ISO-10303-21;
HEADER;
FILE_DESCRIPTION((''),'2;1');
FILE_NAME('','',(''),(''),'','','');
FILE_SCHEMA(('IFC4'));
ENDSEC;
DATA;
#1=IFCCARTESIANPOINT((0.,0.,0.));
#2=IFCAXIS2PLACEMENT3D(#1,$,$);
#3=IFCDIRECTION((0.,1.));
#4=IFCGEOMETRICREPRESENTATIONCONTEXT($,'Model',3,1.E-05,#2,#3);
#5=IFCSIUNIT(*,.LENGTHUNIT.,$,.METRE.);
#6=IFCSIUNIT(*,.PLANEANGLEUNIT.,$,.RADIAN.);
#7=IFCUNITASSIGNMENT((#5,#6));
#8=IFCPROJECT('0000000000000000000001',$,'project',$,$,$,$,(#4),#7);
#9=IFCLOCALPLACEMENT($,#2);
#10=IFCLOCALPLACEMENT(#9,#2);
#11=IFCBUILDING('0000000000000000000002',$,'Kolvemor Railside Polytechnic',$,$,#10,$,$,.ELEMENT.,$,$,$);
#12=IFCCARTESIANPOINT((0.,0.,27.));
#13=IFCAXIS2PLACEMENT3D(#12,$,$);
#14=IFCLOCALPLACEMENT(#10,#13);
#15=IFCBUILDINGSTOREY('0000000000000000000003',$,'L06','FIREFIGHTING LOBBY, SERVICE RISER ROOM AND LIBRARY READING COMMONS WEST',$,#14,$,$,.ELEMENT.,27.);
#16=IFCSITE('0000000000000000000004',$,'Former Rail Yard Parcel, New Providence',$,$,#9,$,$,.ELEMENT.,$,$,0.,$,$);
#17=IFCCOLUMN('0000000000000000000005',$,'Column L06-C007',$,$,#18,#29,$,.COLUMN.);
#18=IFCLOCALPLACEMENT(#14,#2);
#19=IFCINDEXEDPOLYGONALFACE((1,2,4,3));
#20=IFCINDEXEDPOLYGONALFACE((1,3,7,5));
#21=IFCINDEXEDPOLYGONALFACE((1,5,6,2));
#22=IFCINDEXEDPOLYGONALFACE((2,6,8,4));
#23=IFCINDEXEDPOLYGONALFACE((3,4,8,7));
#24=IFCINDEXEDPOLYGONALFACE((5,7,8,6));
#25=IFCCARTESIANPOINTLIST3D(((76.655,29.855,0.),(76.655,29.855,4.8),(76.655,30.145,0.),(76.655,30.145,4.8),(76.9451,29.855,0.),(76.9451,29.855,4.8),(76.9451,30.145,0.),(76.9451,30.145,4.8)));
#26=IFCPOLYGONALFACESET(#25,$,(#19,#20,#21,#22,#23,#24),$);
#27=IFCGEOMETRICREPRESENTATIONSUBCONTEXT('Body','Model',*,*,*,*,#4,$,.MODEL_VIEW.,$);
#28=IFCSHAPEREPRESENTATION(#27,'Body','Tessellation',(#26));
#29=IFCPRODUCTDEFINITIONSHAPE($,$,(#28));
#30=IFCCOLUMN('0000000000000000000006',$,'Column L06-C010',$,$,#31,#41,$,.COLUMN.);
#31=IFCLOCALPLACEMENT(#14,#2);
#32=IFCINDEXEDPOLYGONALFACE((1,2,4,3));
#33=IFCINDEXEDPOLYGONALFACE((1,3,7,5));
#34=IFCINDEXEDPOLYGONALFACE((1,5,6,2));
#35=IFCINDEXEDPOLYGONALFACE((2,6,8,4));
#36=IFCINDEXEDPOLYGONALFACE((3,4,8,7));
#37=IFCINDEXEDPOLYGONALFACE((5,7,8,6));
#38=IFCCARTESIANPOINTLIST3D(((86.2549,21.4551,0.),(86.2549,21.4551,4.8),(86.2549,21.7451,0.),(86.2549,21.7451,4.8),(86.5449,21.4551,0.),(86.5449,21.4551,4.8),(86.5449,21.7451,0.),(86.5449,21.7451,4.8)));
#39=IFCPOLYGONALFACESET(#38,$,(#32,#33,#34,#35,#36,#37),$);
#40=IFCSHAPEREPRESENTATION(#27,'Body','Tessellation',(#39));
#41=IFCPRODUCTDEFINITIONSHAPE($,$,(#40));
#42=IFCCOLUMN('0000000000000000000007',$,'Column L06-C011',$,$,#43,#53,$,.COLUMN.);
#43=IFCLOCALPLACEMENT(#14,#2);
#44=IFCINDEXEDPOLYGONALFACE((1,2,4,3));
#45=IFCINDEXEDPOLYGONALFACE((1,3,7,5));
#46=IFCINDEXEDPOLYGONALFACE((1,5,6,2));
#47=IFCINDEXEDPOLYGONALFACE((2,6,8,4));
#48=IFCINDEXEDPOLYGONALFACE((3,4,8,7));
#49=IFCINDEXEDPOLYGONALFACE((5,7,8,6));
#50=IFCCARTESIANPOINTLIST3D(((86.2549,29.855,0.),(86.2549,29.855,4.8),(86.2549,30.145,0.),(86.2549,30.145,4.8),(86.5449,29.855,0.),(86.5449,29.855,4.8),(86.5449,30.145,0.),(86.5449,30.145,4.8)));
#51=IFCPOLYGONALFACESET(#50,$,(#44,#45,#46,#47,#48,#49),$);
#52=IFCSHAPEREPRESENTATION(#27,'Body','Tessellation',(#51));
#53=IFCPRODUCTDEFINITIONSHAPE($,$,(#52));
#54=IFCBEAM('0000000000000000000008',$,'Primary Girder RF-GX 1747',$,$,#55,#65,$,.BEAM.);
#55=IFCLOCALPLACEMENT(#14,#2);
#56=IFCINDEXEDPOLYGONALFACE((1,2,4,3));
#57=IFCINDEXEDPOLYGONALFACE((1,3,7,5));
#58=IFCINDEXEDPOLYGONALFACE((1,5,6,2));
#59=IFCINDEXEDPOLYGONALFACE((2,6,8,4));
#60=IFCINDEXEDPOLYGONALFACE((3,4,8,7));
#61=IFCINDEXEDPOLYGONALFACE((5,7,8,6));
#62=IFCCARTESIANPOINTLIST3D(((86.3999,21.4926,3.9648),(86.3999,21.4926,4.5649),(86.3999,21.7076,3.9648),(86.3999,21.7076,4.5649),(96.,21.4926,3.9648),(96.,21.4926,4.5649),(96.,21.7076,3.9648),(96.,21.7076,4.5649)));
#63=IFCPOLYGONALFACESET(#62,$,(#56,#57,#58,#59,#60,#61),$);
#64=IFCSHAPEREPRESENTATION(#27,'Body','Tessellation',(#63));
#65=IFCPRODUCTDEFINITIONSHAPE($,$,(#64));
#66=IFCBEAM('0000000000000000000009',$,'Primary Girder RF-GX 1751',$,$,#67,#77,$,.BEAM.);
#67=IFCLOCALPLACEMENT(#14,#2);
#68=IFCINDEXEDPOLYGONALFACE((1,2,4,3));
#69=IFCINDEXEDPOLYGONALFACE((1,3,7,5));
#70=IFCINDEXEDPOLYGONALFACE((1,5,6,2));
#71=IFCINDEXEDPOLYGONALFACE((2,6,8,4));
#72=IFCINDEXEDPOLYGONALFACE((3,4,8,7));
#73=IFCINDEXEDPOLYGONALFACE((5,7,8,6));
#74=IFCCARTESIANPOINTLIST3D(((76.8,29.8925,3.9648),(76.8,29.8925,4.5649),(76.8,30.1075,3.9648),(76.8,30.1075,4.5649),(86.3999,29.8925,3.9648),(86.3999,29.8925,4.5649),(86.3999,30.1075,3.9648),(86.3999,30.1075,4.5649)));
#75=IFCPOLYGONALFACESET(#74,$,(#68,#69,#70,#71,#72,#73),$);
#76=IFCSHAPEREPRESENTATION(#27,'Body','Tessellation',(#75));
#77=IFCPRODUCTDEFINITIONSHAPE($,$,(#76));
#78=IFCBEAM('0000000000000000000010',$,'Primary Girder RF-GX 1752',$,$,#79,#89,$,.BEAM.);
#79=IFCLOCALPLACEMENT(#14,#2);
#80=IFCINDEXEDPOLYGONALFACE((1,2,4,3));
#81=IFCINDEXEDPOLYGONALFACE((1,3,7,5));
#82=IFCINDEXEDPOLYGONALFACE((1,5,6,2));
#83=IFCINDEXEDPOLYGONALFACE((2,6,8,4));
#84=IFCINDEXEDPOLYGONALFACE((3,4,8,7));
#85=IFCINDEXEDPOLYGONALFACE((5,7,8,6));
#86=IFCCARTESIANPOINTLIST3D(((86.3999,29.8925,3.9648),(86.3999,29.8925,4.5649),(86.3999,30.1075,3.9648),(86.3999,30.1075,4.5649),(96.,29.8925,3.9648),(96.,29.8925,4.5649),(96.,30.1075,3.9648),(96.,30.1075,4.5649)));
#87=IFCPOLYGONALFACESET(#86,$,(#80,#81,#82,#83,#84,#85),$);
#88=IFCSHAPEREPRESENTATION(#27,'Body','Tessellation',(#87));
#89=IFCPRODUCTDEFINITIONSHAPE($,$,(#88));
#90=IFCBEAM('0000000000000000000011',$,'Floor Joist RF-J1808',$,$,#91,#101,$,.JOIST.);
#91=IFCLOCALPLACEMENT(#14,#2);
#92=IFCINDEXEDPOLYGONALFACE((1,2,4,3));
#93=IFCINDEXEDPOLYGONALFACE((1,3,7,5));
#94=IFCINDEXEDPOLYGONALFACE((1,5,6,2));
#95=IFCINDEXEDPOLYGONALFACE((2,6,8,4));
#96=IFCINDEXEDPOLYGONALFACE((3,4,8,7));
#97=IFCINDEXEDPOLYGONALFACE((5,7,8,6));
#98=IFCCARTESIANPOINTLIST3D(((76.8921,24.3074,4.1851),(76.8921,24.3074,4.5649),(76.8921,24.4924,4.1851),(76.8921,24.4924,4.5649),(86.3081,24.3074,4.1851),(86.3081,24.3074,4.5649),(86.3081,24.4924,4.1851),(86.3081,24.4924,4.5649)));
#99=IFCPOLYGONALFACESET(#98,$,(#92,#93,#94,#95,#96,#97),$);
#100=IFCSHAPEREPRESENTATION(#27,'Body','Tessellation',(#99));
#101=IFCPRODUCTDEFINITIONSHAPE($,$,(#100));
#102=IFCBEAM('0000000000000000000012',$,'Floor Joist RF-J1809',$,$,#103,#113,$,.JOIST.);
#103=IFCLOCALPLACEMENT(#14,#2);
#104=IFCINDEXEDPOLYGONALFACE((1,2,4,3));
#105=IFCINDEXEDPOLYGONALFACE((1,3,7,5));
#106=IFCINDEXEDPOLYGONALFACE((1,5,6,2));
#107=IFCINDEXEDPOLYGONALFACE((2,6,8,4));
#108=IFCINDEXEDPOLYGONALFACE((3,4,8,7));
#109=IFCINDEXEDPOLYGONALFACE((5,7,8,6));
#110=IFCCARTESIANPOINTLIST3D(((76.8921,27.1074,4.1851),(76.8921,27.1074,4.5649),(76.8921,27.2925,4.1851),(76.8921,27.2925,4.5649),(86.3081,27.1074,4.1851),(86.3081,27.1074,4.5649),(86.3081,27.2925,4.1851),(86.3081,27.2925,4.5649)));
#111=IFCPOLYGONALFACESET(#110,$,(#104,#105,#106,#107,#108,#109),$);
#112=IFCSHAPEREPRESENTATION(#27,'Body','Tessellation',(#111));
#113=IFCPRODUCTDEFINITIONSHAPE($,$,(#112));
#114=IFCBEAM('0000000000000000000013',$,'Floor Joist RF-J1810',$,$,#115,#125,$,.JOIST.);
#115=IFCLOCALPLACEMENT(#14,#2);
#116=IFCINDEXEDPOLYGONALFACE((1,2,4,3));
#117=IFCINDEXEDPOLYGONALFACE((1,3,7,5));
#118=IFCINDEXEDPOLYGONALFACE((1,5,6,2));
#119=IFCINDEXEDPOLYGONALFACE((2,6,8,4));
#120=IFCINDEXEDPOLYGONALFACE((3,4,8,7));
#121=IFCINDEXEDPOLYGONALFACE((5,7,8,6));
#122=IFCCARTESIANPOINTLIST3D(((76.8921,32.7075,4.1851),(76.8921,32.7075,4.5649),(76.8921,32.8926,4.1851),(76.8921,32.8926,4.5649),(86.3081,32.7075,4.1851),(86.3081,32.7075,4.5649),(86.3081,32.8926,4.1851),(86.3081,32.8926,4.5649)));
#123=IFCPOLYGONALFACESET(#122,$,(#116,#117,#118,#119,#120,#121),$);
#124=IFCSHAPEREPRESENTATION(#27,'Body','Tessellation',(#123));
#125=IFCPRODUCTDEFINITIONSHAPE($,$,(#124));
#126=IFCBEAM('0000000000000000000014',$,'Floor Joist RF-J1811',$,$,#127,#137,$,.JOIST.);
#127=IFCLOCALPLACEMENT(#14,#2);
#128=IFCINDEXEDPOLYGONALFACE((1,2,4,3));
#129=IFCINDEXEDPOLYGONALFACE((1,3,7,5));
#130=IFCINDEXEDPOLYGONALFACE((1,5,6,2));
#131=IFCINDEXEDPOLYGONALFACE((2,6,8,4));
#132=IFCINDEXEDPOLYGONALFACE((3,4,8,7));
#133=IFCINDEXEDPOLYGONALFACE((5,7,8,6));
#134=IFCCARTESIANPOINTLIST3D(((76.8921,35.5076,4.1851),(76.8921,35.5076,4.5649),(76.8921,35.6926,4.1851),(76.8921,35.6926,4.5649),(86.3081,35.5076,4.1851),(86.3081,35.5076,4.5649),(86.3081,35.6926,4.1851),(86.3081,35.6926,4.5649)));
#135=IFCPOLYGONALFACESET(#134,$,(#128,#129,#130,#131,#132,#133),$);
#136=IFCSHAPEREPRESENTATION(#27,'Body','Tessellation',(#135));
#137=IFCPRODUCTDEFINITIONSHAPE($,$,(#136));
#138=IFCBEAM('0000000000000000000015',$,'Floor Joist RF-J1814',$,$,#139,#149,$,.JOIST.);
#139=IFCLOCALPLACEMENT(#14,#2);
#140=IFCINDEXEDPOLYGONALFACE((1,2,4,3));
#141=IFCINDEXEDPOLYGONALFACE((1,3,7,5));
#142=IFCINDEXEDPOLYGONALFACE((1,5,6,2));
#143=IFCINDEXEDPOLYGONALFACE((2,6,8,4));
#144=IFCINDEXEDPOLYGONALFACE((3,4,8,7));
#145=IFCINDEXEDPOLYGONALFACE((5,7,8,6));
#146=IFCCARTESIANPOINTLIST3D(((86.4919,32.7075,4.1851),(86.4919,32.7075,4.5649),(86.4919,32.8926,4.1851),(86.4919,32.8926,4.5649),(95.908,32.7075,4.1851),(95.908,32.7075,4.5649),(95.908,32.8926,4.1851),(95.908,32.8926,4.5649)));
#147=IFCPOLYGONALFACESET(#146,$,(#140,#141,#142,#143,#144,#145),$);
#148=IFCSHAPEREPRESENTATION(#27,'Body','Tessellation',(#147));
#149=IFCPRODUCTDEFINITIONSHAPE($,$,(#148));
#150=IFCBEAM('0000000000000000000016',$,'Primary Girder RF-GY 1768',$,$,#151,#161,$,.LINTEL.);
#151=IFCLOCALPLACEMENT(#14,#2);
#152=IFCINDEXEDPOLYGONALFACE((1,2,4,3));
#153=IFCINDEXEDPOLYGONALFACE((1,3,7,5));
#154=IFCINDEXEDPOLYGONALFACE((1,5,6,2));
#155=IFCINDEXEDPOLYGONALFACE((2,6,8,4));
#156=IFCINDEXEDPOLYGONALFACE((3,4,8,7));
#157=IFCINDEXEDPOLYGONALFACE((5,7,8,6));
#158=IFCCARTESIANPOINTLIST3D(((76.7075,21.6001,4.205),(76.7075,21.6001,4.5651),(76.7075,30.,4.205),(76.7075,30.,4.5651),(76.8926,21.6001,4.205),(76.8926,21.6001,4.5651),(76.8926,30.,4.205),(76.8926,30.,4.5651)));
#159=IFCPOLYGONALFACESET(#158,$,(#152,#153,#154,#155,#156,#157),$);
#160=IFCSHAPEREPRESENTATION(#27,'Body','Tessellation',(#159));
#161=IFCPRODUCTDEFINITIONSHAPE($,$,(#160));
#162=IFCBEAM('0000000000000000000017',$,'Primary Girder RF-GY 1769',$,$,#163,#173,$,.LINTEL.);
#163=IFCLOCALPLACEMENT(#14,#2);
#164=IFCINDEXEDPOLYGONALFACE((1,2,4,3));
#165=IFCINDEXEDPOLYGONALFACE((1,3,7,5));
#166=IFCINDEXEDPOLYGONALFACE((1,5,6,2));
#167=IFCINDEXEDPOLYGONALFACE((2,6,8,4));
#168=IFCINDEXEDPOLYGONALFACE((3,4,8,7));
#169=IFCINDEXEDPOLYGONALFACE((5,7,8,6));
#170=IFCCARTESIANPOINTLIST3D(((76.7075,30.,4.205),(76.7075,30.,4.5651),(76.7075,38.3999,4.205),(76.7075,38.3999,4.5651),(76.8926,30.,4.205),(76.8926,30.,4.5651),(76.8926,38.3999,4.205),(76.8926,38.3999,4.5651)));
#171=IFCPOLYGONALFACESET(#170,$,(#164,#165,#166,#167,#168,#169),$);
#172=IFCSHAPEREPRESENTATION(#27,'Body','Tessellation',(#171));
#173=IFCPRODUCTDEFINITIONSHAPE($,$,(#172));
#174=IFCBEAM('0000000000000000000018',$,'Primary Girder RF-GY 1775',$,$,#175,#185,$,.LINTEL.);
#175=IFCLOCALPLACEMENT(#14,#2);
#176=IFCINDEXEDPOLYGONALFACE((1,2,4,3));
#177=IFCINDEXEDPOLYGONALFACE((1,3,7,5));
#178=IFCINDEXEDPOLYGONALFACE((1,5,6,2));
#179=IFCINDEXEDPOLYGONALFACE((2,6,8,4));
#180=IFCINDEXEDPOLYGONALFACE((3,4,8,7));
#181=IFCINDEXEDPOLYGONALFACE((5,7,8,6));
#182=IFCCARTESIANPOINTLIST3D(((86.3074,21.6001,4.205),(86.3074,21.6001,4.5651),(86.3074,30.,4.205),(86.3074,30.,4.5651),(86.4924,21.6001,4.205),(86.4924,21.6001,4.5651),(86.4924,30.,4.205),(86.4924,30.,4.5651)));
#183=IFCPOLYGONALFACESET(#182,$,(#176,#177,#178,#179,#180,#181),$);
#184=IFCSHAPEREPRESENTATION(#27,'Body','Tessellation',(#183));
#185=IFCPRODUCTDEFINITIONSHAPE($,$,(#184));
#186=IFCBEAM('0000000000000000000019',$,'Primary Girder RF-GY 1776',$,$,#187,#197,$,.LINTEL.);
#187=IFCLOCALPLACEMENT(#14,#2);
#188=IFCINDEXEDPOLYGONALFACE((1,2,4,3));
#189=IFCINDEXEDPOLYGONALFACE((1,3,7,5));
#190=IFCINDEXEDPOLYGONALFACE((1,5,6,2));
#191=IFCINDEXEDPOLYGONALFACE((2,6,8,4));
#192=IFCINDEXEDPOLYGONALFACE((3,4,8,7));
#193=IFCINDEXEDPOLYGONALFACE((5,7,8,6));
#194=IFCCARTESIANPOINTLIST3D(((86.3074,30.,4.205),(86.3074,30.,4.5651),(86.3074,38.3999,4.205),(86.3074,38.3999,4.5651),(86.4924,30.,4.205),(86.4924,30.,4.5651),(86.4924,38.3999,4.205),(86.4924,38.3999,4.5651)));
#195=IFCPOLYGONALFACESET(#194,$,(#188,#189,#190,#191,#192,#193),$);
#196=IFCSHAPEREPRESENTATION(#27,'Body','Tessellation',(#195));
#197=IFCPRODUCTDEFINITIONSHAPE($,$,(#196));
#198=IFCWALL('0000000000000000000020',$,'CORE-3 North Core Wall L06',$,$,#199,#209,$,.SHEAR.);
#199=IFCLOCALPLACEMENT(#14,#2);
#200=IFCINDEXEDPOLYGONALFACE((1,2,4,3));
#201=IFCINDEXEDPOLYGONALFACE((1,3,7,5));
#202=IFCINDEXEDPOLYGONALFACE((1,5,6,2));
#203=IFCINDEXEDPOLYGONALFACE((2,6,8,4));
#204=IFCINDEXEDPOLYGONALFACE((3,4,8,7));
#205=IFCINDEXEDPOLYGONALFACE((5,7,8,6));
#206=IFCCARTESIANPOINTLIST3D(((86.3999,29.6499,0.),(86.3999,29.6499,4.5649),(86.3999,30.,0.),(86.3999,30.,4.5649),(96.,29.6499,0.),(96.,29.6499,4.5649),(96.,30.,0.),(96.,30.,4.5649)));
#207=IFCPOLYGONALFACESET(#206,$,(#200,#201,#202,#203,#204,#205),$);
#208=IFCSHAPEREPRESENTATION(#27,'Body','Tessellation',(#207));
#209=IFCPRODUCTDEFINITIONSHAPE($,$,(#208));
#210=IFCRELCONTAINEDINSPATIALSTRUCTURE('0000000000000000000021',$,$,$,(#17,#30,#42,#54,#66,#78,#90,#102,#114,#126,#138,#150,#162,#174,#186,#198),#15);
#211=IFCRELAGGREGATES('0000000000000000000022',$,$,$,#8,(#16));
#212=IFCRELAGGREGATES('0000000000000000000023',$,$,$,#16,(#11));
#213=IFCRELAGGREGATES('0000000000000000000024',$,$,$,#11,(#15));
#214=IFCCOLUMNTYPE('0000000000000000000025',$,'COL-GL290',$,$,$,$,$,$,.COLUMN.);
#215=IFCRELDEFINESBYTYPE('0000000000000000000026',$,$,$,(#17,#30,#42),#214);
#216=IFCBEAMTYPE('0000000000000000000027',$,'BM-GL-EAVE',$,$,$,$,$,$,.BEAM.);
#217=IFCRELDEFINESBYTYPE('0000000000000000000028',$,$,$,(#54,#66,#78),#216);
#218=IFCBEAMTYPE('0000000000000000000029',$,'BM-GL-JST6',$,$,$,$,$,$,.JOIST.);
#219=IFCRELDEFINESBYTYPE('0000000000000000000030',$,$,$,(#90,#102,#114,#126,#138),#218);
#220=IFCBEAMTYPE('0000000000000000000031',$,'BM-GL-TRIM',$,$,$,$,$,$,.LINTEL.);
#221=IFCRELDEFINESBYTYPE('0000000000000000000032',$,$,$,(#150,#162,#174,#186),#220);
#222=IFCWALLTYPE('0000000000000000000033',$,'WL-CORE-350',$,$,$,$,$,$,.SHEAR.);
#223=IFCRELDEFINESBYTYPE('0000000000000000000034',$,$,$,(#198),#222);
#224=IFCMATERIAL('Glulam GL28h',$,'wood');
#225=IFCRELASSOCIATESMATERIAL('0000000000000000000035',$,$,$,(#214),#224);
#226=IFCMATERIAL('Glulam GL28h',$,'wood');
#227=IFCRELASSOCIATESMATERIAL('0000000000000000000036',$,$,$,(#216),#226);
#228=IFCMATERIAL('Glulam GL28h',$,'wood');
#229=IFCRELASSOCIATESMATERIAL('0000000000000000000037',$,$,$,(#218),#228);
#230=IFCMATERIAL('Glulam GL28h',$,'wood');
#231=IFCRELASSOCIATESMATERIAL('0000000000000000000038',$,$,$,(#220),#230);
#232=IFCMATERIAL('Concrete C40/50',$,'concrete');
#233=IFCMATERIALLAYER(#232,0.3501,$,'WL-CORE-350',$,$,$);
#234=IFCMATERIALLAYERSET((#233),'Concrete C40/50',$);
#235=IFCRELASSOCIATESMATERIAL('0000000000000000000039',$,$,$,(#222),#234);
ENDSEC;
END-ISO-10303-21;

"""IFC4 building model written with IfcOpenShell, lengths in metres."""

from ifc_helpers import new_model, si_unit, direction, frame, frame_2d, origin, origin_2d, place, context, subcontext, project, spatial, rectangle, extrude, material, layer, layer_set, material_profile, profile_set, type_object, element, save


model = new_model("IFC4")

# Units and contexts
model_context = context("Model", 3, precision=1e-05, world=origin(), true_north=direction((0.0, 1.0)))
body_context = subcontext(model_context, "Body", "Model", "MODEL_VIEW")
ifc_project = project(units=[si_unit("LENGTHUNIT", "METRE"), si_unit("PLANEANGLEUNIT", "RADIAN")], contexts=[model_context])

# Site, building, storey
site_placement = place(None, origin())
site = spatial("IfcSite", under=ifc_project, at=site_placement, Name="Former Rail Yard Parcel, New Providence", CompositionType="ELEMENT", RefElevation=0.0)
building_placement = place(site_placement, origin())
building = spatial("IfcBuilding", under=site, at=building_placement, Name="Kolvemor Railside Polytechnic", CompositionType="ELEMENT")
storey_placement = place(building_placement, frame((0.0, 0.0, 27.0)))
storey = spatial("IfcBuildingStorey", under=building, at=storey_placement, Name="L06", Description="FIREFIGHTING LOBBY, SERVICE RISER ROOM AND LIBRARY READING COMMONS WEST", CompositionType="ELEMENT", Elevation=27.0)

# Columns
ifc_material_1 = material(Name="Glulam GL28h", Category="wood")
ifc_material_profile_1 = material_profile(ifc_material_1, rectangle(XDim=0.29, YDim=0.29, at=origin_2d()), Name="GL290x290")
ifc_profile_set_1 = profile_set([ifc_material_profile_1], Name="Glulam GL28h")
column_type = type_object("IfcColumnType", Name="COL-GL290", PredefinedType="COLUMN", material=ifc_profile_set_1)
for number, where, z_axis, x_axis, name in (
    (1, (76.8, 30.0, 0.0), (0.0, 0.0, 1.0), (1.0, 0.0, 0.0), "Column L06-C007"),
    (2, (86.3999, 21.6001, 0.0), (0.0, 0.0, 1.0), (1.0, 0.0, 0.0), "Column L06-C010"),
    (3, (86.3999, 30.0, 0.0), (0.0, 0.0, 1.0), (1.0, 0.0, 0.0), "Column L06-C011"),
):
    element("IfcColumn", number, at=place(storey_placement, frame(where, z_axis=z_axis, x_axis=x_axis)), inside=storey, type_object=column_type, Name=name, PredefinedType="COLUMN", context=body_context, shape_type="SweptSolid", body=[
        extrude(rectangle(XDim=0.29, YDim=0.29, at=origin_2d()), origin(), (0.0, 0.0, 1.0), 4.8),
    ])

# Beams
ifc_material_2 = material(Name="Glulam GL28h", Category="wood")
ifc_material_profile_2 = material_profile(ifc_material_2, rectangle(XDim=0.2151, YDim=0.6001, at=origin_2d()), Name="GL215x600")
ifc_profile_set_2 = profile_set([ifc_material_profile_2], Name="Glulam GL28h")
beam_type_1 = type_object("IfcBeamType", Name="BM-GL-EAVE", PredefinedType="BEAM", material=ifc_profile_set_2)
beam_1_placement = place(storey_placement, frame((86.3999, 21.6001, 4.2649), z_axis=(1.0, 0.0, 0.0), x_axis=(0.0, 1.0, 0.0)))
element("IfcBeam", 4, at=beam_1_placement, inside=storey, type_object=beam_type_1, Name="Primary Girder RF-GX 1747", PredefinedType="BEAM", context=body_context, shape_type="SweptSolid", body=[
    extrude(rectangle(XDim=0.2151, YDim=0.6001, at=origin_2d()), origin(), (0.0, 0.0, 1.0), 9.6001),
])
beam_2_placement = place(storey_placement, frame((76.8, 30.0, 4.2649), z_axis=(1.0, 0.0, 0.0), x_axis=(0.0, 1.0, 0.0)))
element("IfcBeam", 5, at=beam_2_placement, inside=storey, type_object=beam_type_1, Name="Primary Girder RF-GX 1751", PredefinedType="BEAM", context=body_context, shape_type="SweptSolid", body=[
    extrude(rectangle(XDim=0.2151, YDim=0.6001, at=origin_2d()), origin(), (0.0, 0.0, 1.0), 9.5999),
])
beam_3_placement = place(storey_placement, frame((86.3999, 30.0, 4.2649), z_axis=(1.0, 0.0, 0.0), x_axis=(0.0, 1.0, 0.0)))
element("IfcBeam", 6, at=beam_3_placement, inside=storey, type_object=beam_type_1, Name="Primary Girder RF-GX 1752", PredefinedType="BEAM", context=body_context, shape_type="SweptSolid", body=[
    extrude(rectangle(XDim=0.2151, YDim=0.6001, at=origin_2d()), origin(), (0.0, 0.0, 1.0), 9.6001),
])
ifc_material_3 = material(Name="Glulam GL28h", Category="wood")
ifc_material_profile_3 = material_profile(ifc_material_3, rectangle(XDim=0.1851, YDim=0.3799, at=origin_2d()), Name="GL185x380")
ifc_profile_set_3 = profile_set([ifc_material_profile_3], Name="Glulam GL28h")
beam_type_2 = type_object("IfcBeamType", Name="BM-GL-JST6", PredefinedType="JOIST", material=ifc_profile_set_3)
for number, where, z_axis, x_axis, name in (
    (7, (76.8921, 24.3999, 4.375), (1.0, 0.0, 0.0), (0.0, 1.0, 0.0), "Floor Joist RF-J1808"),
    (8, (76.8921, 27.2, 4.375), (1.0, 0.0, 0.0), (0.0, 1.0, 0.0), "Floor Joist RF-J1809"),
    (9, (76.8921, 32.8, 4.375), (1.0, 0.0, 0.0), (0.0, 1.0, 0.0), "Floor Joist RF-J1810"),
    (10, (76.8921, 35.6001, 4.375), (1.0, 0.0, 0.0), (0.0, 1.0, 0.0), "Floor Joist RF-J1811"),
    (11, (86.4919, 32.8, 4.375), (1.0, 0.0, 0.0), (0.0, 1.0, 0.0), "Floor Joist RF-J1814"),
):
    element("IfcBeam", number, at=place(storey_placement, frame(where, z_axis=z_axis, x_axis=x_axis)), inside=storey, type_object=beam_type_2, Name=name, PredefinedType="JOIST", context=body_context, shape_type="SweptSolid", body=[
        extrude(rectangle(XDim=0.1851, YDim=0.3799, at=origin_2d()), origin(), (0.0, 0.0, 1.0), 9.416),
    ])
ifc_material_4 = material(Name="Glulam GL28h", Category="wood")
ifc_material_profile_4 = material_profile(ifc_material_4, rectangle(XDim=0.1851, YDim=0.3601, at=origin_2d()), Name="GL185x360")
ifc_profile_set_4 = profile_set([ifc_material_profile_4], Name="Glulam GL28h")
beam_type_3 = type_object("IfcBeamType", Name="BM-GL-TRIM", PredefinedType="LINTEL", material=ifc_profile_set_4)
for number, where, z_axis, x_axis, name in (
    (12, (76.8, 21.6001, 4.385), (0.0, 1.0, 0.0), (-1.0, 0.0, 0.0), "Primary Girder RF-GY 1768"),
    (13, (76.8, 30.0, 4.385), (0.0, 1.0, 0.0), (-1.0, 0.0, 0.0), "Primary Girder RF-GY 1769"),
    (14, (86.3999, 21.6001, 4.385), (0.0, 1.0, 0.0), (-1.0, 0.0, 0.0), "Primary Girder RF-GY 1775"),
    (15, (86.3999, 30.0, 4.385), (0.0, 1.0, 0.0), (-1.0, 0.0, 0.0), "Primary Girder RF-GY 1776"),
):
    element("IfcBeam", number, at=place(storey_placement, frame(where, z_axis=z_axis, x_axis=x_axis)), inside=storey, type_object=beam_type_3, Name=name, PredefinedType="LINTEL", context=body_context, shape_type="SweptSolid", body=[
        extrude(rectangle(XDim=0.1851, YDim=0.3601, at=origin_2d()), origin(), (0.0, 0.0, 1.0), 8.3999),
    ])

# Wall
ifc_material_5 = material(Name="Concrete C40/50", Category="concrete")
ifc_layer_1 = layer(ifc_material_5, 0.3501, Name="WL-CORE-350")
ifc_layer_set_1 = layer_set([ifc_layer_1], Name="Concrete C40/50")
wall_type_1 = type_object("IfcWallType", Name="WL-CORE-350", PredefinedType="SHEAR", material=ifc_layer_set_1)
for number, where, z_axis, x_axis, name in (
    (16, (86.3999, 29.825, 0.0), (0.0, 0.0, 1.0), (1.0, 0.0, 0.0), "CORE-3 North Core Wall L06"),
):
    element("IfcWall", number, at=place(storey_placement, frame(where, z_axis=z_axis, x_axis=x_axis)), inside=storey, type_object=wall_type_1, Name=name, PredefinedType="SHEAR", context=body_context, shape_type="SweptSolid", body=[
        extrude(rectangle(XDim=9.6001, YDim=0.3501, at=frame_2d((4.8, 0.0))), origin(), (0.0, 0.0, 1.0), 4.5649),
    ])

save(model, "model.ifc")
